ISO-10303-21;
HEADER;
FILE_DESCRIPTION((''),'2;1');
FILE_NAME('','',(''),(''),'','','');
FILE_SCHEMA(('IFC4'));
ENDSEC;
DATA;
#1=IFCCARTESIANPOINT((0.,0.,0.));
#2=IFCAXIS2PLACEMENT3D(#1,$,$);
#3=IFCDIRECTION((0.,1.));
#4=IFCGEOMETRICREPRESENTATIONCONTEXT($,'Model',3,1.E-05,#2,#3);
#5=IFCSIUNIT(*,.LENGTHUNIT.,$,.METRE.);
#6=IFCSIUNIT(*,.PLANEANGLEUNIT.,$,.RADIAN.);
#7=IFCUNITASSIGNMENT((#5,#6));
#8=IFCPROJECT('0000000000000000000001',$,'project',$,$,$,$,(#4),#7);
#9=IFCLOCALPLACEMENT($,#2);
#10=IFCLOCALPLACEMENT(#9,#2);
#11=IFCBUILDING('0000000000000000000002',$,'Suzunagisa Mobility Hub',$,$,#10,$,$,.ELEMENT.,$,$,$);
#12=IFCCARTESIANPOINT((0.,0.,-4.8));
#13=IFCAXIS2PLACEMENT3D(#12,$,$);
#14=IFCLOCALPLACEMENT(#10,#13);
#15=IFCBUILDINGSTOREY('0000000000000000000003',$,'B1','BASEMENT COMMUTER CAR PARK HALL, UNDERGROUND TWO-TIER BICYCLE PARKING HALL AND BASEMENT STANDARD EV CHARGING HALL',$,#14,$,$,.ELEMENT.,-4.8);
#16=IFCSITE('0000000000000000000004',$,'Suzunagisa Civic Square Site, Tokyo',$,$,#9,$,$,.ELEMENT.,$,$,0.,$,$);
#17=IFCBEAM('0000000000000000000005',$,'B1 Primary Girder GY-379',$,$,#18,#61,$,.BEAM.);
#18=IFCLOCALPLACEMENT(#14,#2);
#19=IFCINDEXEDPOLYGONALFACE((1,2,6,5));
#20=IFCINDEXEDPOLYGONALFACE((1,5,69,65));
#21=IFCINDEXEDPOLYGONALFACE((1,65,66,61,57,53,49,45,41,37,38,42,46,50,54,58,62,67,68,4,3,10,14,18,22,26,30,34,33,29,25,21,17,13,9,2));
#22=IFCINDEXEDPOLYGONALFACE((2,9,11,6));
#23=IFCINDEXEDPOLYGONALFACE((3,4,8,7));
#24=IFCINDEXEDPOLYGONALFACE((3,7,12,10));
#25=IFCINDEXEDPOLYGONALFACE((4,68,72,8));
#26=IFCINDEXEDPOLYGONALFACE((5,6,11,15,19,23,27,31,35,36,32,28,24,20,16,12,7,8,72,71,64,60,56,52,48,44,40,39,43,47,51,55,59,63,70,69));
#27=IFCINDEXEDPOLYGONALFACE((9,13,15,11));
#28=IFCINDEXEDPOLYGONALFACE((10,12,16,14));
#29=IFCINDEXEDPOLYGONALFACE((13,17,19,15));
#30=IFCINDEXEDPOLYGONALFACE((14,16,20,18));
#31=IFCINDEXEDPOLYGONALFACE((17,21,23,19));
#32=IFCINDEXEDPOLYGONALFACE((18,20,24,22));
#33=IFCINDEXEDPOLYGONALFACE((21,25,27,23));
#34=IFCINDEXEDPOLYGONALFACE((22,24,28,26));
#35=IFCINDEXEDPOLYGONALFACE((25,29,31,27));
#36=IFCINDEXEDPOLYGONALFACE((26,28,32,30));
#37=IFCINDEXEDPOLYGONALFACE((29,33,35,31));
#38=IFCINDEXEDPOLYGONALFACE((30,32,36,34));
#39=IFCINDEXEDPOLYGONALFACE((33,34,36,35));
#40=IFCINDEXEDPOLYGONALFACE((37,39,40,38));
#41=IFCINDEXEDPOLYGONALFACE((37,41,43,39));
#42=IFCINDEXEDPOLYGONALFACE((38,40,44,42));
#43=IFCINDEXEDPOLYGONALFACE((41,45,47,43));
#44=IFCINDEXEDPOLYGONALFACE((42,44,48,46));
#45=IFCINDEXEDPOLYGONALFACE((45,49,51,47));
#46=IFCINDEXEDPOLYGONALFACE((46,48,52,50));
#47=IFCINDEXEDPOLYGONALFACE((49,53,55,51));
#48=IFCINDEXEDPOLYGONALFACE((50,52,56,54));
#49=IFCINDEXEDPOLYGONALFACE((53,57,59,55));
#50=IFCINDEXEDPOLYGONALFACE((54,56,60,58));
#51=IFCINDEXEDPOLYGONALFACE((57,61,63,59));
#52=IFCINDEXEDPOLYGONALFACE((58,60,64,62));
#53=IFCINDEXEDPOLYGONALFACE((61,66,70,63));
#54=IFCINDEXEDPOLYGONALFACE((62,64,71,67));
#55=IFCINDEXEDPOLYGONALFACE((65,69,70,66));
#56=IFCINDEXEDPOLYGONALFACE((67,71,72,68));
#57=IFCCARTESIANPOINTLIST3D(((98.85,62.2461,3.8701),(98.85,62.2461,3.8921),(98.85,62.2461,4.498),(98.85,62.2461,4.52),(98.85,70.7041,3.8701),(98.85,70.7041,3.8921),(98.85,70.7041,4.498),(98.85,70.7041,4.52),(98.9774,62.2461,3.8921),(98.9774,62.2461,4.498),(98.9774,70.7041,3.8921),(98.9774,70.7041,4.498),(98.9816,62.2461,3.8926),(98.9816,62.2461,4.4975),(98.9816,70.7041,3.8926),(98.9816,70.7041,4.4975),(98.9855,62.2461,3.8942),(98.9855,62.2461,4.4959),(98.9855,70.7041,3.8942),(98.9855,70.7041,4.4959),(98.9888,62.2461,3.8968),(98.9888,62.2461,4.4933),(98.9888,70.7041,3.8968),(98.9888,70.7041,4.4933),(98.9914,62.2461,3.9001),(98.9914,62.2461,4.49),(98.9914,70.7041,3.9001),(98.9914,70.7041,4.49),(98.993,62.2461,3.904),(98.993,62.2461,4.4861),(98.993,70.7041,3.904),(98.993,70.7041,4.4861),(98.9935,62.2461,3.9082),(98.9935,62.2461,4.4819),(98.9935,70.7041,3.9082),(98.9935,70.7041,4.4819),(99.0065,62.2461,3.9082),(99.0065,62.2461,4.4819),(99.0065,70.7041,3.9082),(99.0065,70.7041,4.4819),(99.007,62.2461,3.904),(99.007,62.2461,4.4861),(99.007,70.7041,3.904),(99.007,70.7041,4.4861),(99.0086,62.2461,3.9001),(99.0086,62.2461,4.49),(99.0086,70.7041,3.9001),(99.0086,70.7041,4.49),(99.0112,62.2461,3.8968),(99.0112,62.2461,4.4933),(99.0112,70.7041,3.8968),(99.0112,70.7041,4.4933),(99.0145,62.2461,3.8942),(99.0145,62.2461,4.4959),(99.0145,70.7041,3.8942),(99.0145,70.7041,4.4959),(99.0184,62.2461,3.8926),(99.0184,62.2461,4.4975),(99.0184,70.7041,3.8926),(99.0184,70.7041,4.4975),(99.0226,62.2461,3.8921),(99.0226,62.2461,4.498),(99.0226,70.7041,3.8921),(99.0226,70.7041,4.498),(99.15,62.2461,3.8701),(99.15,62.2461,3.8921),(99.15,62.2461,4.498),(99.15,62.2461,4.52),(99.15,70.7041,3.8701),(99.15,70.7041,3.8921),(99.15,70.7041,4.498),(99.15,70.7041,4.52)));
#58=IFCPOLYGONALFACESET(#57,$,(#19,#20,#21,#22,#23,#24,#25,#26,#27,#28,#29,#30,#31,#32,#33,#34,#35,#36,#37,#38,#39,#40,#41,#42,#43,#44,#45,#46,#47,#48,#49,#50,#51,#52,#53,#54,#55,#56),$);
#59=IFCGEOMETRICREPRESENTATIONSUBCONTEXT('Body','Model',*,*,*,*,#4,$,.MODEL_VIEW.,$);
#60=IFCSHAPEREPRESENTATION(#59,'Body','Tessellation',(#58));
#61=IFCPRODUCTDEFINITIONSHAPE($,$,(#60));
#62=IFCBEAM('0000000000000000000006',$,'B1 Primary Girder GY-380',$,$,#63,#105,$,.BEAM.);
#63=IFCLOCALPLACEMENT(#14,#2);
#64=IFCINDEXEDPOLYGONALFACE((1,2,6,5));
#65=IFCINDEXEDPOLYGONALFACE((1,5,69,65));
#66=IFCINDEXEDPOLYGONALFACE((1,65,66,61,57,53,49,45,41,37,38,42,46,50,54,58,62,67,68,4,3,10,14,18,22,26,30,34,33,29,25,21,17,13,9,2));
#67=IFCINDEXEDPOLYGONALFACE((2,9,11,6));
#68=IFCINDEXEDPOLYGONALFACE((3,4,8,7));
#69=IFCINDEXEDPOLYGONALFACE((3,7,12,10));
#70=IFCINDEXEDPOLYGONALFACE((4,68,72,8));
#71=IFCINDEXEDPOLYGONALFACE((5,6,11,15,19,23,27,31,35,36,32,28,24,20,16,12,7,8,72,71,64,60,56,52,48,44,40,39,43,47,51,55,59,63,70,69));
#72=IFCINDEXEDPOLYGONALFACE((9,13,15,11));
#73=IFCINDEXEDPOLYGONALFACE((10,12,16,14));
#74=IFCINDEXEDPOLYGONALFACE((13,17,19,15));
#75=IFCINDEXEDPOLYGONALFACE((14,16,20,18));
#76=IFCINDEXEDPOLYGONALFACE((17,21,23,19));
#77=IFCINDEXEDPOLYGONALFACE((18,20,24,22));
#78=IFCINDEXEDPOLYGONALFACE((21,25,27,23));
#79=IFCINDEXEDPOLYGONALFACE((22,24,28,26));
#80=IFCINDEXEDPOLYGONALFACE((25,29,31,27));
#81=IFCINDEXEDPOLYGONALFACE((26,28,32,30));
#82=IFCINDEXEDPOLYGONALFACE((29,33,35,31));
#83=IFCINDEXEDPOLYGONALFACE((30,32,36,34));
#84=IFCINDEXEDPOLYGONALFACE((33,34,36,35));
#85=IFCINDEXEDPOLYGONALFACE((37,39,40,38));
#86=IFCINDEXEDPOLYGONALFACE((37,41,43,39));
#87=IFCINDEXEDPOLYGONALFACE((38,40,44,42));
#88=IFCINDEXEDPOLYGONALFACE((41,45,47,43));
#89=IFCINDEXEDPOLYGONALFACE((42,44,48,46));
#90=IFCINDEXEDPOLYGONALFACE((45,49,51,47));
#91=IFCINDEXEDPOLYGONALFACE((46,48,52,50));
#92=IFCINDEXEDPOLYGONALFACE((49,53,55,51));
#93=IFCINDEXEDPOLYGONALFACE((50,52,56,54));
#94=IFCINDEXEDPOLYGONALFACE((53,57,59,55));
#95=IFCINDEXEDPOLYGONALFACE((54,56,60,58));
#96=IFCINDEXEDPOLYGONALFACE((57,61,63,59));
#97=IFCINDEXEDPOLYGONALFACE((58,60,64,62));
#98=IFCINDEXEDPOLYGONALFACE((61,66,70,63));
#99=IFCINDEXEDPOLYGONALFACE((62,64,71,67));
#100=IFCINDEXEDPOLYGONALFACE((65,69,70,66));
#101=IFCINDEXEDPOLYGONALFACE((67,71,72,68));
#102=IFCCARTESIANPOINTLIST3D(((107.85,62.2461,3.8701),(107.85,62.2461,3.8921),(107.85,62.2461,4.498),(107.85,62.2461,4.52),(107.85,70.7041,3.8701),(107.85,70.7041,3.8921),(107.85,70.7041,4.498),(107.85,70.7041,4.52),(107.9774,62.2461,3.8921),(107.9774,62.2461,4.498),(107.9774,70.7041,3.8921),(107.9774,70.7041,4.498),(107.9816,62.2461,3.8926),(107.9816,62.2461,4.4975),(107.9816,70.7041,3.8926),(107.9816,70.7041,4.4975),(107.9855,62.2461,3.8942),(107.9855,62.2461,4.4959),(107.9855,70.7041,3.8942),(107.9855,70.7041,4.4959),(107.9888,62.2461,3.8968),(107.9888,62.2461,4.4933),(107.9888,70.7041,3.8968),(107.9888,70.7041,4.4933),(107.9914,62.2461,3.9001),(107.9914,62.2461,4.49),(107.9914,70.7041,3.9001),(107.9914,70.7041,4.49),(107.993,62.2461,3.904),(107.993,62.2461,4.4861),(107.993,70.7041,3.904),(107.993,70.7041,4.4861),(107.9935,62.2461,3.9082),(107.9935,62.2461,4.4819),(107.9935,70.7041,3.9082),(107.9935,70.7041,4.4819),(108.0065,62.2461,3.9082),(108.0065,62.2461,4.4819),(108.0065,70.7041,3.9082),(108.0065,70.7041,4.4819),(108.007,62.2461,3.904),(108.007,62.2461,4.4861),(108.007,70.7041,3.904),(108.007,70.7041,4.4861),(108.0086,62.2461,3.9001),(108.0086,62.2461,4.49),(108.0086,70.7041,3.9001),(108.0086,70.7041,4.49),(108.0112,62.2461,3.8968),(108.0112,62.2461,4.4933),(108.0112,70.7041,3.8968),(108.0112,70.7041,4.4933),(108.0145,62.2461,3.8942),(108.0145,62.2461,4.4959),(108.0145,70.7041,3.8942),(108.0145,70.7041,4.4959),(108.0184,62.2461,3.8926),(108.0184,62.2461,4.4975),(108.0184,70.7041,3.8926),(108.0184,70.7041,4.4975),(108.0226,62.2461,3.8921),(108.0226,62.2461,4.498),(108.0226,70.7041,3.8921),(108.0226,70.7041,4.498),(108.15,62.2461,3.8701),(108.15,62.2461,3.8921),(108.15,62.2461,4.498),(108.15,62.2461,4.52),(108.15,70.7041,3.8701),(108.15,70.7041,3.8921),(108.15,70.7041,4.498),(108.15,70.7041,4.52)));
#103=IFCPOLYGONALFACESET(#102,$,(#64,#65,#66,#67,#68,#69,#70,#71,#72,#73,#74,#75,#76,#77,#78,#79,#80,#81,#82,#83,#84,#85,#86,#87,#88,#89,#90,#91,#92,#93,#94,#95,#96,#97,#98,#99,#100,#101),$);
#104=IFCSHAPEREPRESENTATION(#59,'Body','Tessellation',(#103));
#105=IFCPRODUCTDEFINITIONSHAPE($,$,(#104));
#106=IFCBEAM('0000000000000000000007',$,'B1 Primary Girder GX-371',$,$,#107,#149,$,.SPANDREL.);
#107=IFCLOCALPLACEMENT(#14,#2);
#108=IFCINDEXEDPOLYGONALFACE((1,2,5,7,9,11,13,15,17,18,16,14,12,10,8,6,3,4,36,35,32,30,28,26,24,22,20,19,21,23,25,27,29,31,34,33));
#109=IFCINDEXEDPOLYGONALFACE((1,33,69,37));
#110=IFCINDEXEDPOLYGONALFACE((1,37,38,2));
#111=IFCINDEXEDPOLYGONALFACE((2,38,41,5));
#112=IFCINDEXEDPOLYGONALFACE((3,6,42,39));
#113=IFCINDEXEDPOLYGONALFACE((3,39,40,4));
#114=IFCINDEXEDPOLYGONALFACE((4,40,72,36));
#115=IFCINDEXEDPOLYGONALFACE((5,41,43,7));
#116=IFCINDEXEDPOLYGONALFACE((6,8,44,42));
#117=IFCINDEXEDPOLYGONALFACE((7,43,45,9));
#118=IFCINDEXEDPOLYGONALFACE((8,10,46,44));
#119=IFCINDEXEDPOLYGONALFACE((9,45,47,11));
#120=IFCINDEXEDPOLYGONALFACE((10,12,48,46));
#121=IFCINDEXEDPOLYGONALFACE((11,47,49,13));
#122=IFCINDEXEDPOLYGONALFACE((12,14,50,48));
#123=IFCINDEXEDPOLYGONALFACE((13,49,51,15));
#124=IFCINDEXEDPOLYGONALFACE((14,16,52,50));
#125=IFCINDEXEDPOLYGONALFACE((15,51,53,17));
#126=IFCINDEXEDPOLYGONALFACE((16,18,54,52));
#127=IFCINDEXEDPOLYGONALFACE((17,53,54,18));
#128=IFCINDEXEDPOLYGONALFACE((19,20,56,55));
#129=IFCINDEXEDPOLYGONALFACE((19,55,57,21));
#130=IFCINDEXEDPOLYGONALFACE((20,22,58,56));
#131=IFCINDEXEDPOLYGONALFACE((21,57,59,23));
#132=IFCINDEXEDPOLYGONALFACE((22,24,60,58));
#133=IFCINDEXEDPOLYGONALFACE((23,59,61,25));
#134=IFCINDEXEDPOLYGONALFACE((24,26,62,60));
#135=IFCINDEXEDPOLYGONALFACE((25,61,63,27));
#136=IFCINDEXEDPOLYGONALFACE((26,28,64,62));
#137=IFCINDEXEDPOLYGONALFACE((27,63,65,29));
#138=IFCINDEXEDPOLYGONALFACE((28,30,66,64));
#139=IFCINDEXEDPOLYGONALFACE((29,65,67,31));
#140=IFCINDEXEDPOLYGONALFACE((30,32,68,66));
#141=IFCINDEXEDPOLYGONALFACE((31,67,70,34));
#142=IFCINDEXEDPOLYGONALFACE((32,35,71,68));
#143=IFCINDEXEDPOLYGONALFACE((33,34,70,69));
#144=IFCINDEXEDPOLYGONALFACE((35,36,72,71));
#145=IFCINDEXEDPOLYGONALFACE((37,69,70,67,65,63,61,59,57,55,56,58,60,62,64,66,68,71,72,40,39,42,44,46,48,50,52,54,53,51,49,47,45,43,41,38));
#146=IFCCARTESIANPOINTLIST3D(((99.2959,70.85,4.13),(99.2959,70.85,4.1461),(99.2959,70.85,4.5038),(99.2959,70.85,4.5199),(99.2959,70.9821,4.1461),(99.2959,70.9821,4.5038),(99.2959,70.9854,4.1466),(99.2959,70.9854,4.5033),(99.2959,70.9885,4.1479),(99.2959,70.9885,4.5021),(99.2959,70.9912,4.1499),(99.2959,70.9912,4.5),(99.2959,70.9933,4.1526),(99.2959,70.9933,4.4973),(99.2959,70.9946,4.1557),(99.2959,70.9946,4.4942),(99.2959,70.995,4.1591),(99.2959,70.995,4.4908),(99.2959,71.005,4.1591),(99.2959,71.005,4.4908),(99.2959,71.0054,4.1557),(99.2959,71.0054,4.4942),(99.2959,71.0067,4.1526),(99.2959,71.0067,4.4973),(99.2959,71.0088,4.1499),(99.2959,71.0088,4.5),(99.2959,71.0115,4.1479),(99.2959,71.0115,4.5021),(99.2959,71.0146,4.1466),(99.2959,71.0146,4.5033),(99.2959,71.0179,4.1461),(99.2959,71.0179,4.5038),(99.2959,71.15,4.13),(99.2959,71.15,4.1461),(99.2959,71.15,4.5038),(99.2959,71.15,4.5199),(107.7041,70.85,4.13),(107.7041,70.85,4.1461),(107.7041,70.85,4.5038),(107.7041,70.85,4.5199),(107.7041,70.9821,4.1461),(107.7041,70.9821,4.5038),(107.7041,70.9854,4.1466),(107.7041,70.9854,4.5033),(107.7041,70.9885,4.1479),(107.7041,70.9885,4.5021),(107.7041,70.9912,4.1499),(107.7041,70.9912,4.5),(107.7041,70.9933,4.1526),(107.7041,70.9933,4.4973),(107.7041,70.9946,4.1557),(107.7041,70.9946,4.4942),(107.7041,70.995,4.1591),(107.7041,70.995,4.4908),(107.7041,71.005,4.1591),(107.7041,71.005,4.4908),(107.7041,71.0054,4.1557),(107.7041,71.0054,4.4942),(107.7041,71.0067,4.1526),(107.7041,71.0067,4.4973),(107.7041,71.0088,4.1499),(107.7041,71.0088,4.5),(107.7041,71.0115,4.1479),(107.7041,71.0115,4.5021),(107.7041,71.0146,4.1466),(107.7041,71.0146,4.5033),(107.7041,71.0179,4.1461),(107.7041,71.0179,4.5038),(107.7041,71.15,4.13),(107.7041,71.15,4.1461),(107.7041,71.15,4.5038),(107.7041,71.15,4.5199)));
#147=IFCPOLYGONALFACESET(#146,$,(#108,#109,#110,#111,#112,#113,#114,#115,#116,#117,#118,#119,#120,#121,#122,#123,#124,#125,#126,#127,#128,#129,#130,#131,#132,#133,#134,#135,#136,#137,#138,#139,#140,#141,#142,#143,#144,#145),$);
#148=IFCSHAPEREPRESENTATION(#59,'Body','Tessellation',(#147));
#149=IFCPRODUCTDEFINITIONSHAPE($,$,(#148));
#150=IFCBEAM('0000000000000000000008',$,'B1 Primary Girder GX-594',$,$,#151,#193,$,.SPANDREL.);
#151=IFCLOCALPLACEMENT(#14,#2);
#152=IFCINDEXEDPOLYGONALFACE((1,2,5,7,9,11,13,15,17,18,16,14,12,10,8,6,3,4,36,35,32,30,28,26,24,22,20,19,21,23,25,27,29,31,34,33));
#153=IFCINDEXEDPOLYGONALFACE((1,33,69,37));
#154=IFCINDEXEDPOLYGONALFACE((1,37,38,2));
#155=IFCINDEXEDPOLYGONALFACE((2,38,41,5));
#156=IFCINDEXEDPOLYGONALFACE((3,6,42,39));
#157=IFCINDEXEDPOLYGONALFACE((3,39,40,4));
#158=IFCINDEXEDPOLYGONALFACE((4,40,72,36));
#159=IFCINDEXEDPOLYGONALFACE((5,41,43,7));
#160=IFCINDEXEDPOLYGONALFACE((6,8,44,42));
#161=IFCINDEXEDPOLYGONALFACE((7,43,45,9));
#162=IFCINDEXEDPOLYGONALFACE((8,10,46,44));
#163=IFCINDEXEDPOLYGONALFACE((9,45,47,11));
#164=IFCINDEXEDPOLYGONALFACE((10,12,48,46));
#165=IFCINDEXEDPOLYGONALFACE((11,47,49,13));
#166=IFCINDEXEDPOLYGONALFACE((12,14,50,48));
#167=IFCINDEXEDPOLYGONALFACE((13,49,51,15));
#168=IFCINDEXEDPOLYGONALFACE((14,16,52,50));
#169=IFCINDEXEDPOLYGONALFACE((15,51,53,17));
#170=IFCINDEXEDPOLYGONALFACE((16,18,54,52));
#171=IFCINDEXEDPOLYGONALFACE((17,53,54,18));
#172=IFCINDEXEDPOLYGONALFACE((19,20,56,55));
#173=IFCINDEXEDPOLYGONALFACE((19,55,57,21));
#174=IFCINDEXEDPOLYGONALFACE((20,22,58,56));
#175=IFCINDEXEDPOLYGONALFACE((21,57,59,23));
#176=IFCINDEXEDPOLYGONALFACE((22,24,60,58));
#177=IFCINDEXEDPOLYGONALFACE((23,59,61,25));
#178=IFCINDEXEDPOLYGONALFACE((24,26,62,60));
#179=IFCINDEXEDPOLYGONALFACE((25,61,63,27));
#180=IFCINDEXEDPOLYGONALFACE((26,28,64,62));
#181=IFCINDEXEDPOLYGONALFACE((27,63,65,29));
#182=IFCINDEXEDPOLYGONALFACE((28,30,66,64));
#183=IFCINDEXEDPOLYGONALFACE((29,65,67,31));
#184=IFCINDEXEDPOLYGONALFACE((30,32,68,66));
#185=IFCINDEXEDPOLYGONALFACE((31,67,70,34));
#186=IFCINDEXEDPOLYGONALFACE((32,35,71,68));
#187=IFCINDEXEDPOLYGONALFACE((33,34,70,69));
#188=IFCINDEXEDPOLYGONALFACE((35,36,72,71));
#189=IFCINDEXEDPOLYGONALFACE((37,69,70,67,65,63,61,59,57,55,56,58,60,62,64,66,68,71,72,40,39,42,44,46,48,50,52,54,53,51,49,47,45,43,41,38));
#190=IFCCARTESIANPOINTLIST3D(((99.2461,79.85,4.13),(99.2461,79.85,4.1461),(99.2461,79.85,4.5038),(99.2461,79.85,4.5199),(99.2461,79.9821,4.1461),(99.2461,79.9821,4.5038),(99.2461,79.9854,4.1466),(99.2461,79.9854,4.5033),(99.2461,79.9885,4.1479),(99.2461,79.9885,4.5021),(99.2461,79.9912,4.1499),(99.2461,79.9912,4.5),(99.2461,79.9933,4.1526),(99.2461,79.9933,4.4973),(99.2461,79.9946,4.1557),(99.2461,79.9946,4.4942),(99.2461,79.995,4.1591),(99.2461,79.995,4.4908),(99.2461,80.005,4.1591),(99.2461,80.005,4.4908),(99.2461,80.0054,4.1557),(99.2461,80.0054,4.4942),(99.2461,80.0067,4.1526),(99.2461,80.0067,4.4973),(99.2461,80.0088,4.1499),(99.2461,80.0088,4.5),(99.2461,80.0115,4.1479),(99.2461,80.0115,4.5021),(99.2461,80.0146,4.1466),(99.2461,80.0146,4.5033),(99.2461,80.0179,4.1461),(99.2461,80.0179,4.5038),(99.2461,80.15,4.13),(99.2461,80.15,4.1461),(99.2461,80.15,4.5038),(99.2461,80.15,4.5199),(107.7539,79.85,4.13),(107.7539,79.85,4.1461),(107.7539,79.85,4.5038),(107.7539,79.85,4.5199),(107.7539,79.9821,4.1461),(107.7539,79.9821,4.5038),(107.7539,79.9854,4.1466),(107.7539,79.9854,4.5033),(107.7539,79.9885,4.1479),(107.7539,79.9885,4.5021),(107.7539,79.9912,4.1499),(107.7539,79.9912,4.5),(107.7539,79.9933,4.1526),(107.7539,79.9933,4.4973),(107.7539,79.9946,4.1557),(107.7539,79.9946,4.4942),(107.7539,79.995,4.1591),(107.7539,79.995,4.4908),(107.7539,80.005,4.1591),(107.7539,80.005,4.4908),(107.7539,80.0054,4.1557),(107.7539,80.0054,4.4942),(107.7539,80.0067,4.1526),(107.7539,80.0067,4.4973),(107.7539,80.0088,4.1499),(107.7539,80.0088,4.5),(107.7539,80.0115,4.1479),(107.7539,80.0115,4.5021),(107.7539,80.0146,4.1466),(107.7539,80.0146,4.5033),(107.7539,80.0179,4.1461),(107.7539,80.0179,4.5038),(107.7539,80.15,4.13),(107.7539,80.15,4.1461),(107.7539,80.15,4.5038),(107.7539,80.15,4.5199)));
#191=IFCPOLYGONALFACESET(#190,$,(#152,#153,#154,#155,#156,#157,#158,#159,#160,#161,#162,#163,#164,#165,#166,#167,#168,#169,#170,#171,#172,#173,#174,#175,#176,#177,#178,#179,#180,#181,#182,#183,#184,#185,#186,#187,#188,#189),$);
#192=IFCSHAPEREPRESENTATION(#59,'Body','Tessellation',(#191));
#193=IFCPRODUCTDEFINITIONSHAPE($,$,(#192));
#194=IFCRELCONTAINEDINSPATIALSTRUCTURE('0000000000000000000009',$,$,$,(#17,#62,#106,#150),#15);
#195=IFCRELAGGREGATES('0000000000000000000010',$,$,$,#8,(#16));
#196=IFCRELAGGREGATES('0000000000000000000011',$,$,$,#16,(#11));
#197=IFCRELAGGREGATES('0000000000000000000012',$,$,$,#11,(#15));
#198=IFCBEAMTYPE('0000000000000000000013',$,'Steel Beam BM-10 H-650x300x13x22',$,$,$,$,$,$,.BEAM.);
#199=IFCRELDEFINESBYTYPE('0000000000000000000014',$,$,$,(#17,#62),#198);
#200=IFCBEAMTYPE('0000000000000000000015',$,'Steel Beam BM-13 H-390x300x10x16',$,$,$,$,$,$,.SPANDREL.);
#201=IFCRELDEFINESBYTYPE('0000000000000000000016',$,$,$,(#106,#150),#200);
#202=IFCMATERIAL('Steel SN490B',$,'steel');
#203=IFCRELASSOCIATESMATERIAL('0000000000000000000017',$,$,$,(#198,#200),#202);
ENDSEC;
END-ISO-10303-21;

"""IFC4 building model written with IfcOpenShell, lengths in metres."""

from ifc_helpers import new_model, si_unit, direction, frame, origin, origin_2d, place, context, subcontext, project, spatial, i_section, extrude, material, material_profile, profile_set, type_object, element, save


model = new_model("IFC4")

# Units and contexts
model_context = context("Model", 3, precision=1e-05, world=origin(), true_north=direction((0.0, 1.0)))
body_context = subcontext(model_context, "Body", "Model", "MODEL_VIEW")
ifc_project = project(units=[si_unit("LENGTHUNIT", "METRE"), si_unit("PLANEANGLEUNIT", "RADIAN")], contexts=[model_context])

# Site, building, storey
site_placement = place(None, origin())
site = spatial("IfcSite", under=ifc_project, at=site_placement, Name="Suzunagisa Civic Square Site, Tokyo", CompositionType="ELEMENT", RefElevation=0.0)
building_placement = place(site_placement, origin())
building = spatial("IfcBuilding", under=site, at=building_placement, Name="Suzunagisa Mobility Hub", CompositionType="ELEMENT")
storey_placement = place(building_placement, frame((0.0, 0.0, -4.8)))
storey = spatial("IfcBuildingStorey", under=building, at=storey_placement, Name="B1", Description="BASEMENT COMMUTER CAR PARK HALL, UNDERGROUND TWO-TIER BICYCLE PARKING HALL AND BASEMENT STANDARD EV CHARGING HALL", CompositionType="ELEMENT", Elevation=-4.8)

# Shared definitions
ifc_material_1 = material(Name="Steel SN490B", Category="steel")

# Beams
ifc_material_profile_1 = material_profile(ifc_material_1, i_section(OverallWidth=0.3, OverallDepth=0.6499, WebThickness=0.0129, FlangeThickness=0.022, FilletRadius=0.0161, at=origin_2d()), Name="H-650x300x13x22")
ifc_profile_set_1 = profile_set([ifc_material_profile_1], Name="Steel SN490B")
beam_type_1 = type_object("IfcBeamType", Name="Steel Beam BM-10 H-650x300x13x22", PredefinedType="BEAM", material=ifc_profile_set_1)
for number, where, z_axis, x_axis, name in (
    (1, (99.0, 62.2461, 4.1951), (0.0, 1.0, 0.0), (-1.0, 0.0, 0.0), "B1 Primary Girder GY-379"),
    (2, (108.0, 62.2461, 4.1951), (0.0, 1.0, 0.0), (-1.0, 0.0, 0.0), "B1 Primary Girder GY-380"),
):
    element("IfcBeam", number, at=place(storey_placement, frame(where, z_axis=z_axis, x_axis=x_axis)), inside=storey, type_object=beam_type_1, Name=name, PredefinedType="BEAM", context=body_context, shape_type="SweptSolid", body=[
        extrude(i_section(OverallWidth=0.3, OverallDepth=0.6499, WebThickness=0.0129, FlangeThickness=0.022, FilletRadius=0.0161, at=origin_2d()), origin(), (0.0, 0.0, 1.0), 8.458),
    ])
ifc_material_profile_2 = material_profile(ifc_material_1, i_section(OverallWidth=0.3, OverallDepth=0.3899, WebThickness=0.01, FlangeThickness=0.0161, FilletRadius=0.0129, at=origin_2d()), Name="H-390x300x10x16")
ifc_profile_set_2 = profile_set([ifc_material_profile_2], Name="Steel SN490B")
beam_type_2 = type_object("IfcBeamType", Name="Steel Beam BM-13 H-390x300x10x16", PredefinedType="SPANDREL", material=ifc_profile_set_2)
beam_1_placement = place(storey_placement, frame((99.2959, 71.0, 4.325), z_axis=(1.0, 0.0, 0.0), x_axis=(0.0, 1.0, 0.0)))
element("IfcBeam", 3, at=beam_1_placement, inside=storey, type_object=beam_type_2, Name="B1 Primary Girder GX-371", PredefinedType="SPANDREL", context=body_context, shape_type="SweptSolid", body=[
    extrude(i_section(OverallWidth=0.3, OverallDepth=0.3899, WebThickness=0.01, FlangeThickness=0.0161, FilletRadius=0.0129, at=origin_2d()), origin(), (0.0, 0.0, 1.0), 8.4082),
])
beam_2_placement = place(storey_placement, frame((99.2461, 80.0, 4.325), z_axis=(1.0, 0.0, 0.0), x_axis=(0.0, 1.0, 0.0)))
element("IfcBeam", 4, at=beam_2_placement, inside=storey, type_object=beam_type_2, Name="B1 Primary Girder GX-594", PredefinedType="SPANDREL", context=body_context, shape_type="SweptSolid", body=[
    extrude(i_section(OverallWidth=0.3, OverallDepth=0.3899, WebThickness=0.01, FlangeThickness=0.0161, FilletRadius=0.0129, at=origin_2d()), origin(), (0.0, 0.0, 1.0), 8.5078),
])

save(model, "model.ifc")
